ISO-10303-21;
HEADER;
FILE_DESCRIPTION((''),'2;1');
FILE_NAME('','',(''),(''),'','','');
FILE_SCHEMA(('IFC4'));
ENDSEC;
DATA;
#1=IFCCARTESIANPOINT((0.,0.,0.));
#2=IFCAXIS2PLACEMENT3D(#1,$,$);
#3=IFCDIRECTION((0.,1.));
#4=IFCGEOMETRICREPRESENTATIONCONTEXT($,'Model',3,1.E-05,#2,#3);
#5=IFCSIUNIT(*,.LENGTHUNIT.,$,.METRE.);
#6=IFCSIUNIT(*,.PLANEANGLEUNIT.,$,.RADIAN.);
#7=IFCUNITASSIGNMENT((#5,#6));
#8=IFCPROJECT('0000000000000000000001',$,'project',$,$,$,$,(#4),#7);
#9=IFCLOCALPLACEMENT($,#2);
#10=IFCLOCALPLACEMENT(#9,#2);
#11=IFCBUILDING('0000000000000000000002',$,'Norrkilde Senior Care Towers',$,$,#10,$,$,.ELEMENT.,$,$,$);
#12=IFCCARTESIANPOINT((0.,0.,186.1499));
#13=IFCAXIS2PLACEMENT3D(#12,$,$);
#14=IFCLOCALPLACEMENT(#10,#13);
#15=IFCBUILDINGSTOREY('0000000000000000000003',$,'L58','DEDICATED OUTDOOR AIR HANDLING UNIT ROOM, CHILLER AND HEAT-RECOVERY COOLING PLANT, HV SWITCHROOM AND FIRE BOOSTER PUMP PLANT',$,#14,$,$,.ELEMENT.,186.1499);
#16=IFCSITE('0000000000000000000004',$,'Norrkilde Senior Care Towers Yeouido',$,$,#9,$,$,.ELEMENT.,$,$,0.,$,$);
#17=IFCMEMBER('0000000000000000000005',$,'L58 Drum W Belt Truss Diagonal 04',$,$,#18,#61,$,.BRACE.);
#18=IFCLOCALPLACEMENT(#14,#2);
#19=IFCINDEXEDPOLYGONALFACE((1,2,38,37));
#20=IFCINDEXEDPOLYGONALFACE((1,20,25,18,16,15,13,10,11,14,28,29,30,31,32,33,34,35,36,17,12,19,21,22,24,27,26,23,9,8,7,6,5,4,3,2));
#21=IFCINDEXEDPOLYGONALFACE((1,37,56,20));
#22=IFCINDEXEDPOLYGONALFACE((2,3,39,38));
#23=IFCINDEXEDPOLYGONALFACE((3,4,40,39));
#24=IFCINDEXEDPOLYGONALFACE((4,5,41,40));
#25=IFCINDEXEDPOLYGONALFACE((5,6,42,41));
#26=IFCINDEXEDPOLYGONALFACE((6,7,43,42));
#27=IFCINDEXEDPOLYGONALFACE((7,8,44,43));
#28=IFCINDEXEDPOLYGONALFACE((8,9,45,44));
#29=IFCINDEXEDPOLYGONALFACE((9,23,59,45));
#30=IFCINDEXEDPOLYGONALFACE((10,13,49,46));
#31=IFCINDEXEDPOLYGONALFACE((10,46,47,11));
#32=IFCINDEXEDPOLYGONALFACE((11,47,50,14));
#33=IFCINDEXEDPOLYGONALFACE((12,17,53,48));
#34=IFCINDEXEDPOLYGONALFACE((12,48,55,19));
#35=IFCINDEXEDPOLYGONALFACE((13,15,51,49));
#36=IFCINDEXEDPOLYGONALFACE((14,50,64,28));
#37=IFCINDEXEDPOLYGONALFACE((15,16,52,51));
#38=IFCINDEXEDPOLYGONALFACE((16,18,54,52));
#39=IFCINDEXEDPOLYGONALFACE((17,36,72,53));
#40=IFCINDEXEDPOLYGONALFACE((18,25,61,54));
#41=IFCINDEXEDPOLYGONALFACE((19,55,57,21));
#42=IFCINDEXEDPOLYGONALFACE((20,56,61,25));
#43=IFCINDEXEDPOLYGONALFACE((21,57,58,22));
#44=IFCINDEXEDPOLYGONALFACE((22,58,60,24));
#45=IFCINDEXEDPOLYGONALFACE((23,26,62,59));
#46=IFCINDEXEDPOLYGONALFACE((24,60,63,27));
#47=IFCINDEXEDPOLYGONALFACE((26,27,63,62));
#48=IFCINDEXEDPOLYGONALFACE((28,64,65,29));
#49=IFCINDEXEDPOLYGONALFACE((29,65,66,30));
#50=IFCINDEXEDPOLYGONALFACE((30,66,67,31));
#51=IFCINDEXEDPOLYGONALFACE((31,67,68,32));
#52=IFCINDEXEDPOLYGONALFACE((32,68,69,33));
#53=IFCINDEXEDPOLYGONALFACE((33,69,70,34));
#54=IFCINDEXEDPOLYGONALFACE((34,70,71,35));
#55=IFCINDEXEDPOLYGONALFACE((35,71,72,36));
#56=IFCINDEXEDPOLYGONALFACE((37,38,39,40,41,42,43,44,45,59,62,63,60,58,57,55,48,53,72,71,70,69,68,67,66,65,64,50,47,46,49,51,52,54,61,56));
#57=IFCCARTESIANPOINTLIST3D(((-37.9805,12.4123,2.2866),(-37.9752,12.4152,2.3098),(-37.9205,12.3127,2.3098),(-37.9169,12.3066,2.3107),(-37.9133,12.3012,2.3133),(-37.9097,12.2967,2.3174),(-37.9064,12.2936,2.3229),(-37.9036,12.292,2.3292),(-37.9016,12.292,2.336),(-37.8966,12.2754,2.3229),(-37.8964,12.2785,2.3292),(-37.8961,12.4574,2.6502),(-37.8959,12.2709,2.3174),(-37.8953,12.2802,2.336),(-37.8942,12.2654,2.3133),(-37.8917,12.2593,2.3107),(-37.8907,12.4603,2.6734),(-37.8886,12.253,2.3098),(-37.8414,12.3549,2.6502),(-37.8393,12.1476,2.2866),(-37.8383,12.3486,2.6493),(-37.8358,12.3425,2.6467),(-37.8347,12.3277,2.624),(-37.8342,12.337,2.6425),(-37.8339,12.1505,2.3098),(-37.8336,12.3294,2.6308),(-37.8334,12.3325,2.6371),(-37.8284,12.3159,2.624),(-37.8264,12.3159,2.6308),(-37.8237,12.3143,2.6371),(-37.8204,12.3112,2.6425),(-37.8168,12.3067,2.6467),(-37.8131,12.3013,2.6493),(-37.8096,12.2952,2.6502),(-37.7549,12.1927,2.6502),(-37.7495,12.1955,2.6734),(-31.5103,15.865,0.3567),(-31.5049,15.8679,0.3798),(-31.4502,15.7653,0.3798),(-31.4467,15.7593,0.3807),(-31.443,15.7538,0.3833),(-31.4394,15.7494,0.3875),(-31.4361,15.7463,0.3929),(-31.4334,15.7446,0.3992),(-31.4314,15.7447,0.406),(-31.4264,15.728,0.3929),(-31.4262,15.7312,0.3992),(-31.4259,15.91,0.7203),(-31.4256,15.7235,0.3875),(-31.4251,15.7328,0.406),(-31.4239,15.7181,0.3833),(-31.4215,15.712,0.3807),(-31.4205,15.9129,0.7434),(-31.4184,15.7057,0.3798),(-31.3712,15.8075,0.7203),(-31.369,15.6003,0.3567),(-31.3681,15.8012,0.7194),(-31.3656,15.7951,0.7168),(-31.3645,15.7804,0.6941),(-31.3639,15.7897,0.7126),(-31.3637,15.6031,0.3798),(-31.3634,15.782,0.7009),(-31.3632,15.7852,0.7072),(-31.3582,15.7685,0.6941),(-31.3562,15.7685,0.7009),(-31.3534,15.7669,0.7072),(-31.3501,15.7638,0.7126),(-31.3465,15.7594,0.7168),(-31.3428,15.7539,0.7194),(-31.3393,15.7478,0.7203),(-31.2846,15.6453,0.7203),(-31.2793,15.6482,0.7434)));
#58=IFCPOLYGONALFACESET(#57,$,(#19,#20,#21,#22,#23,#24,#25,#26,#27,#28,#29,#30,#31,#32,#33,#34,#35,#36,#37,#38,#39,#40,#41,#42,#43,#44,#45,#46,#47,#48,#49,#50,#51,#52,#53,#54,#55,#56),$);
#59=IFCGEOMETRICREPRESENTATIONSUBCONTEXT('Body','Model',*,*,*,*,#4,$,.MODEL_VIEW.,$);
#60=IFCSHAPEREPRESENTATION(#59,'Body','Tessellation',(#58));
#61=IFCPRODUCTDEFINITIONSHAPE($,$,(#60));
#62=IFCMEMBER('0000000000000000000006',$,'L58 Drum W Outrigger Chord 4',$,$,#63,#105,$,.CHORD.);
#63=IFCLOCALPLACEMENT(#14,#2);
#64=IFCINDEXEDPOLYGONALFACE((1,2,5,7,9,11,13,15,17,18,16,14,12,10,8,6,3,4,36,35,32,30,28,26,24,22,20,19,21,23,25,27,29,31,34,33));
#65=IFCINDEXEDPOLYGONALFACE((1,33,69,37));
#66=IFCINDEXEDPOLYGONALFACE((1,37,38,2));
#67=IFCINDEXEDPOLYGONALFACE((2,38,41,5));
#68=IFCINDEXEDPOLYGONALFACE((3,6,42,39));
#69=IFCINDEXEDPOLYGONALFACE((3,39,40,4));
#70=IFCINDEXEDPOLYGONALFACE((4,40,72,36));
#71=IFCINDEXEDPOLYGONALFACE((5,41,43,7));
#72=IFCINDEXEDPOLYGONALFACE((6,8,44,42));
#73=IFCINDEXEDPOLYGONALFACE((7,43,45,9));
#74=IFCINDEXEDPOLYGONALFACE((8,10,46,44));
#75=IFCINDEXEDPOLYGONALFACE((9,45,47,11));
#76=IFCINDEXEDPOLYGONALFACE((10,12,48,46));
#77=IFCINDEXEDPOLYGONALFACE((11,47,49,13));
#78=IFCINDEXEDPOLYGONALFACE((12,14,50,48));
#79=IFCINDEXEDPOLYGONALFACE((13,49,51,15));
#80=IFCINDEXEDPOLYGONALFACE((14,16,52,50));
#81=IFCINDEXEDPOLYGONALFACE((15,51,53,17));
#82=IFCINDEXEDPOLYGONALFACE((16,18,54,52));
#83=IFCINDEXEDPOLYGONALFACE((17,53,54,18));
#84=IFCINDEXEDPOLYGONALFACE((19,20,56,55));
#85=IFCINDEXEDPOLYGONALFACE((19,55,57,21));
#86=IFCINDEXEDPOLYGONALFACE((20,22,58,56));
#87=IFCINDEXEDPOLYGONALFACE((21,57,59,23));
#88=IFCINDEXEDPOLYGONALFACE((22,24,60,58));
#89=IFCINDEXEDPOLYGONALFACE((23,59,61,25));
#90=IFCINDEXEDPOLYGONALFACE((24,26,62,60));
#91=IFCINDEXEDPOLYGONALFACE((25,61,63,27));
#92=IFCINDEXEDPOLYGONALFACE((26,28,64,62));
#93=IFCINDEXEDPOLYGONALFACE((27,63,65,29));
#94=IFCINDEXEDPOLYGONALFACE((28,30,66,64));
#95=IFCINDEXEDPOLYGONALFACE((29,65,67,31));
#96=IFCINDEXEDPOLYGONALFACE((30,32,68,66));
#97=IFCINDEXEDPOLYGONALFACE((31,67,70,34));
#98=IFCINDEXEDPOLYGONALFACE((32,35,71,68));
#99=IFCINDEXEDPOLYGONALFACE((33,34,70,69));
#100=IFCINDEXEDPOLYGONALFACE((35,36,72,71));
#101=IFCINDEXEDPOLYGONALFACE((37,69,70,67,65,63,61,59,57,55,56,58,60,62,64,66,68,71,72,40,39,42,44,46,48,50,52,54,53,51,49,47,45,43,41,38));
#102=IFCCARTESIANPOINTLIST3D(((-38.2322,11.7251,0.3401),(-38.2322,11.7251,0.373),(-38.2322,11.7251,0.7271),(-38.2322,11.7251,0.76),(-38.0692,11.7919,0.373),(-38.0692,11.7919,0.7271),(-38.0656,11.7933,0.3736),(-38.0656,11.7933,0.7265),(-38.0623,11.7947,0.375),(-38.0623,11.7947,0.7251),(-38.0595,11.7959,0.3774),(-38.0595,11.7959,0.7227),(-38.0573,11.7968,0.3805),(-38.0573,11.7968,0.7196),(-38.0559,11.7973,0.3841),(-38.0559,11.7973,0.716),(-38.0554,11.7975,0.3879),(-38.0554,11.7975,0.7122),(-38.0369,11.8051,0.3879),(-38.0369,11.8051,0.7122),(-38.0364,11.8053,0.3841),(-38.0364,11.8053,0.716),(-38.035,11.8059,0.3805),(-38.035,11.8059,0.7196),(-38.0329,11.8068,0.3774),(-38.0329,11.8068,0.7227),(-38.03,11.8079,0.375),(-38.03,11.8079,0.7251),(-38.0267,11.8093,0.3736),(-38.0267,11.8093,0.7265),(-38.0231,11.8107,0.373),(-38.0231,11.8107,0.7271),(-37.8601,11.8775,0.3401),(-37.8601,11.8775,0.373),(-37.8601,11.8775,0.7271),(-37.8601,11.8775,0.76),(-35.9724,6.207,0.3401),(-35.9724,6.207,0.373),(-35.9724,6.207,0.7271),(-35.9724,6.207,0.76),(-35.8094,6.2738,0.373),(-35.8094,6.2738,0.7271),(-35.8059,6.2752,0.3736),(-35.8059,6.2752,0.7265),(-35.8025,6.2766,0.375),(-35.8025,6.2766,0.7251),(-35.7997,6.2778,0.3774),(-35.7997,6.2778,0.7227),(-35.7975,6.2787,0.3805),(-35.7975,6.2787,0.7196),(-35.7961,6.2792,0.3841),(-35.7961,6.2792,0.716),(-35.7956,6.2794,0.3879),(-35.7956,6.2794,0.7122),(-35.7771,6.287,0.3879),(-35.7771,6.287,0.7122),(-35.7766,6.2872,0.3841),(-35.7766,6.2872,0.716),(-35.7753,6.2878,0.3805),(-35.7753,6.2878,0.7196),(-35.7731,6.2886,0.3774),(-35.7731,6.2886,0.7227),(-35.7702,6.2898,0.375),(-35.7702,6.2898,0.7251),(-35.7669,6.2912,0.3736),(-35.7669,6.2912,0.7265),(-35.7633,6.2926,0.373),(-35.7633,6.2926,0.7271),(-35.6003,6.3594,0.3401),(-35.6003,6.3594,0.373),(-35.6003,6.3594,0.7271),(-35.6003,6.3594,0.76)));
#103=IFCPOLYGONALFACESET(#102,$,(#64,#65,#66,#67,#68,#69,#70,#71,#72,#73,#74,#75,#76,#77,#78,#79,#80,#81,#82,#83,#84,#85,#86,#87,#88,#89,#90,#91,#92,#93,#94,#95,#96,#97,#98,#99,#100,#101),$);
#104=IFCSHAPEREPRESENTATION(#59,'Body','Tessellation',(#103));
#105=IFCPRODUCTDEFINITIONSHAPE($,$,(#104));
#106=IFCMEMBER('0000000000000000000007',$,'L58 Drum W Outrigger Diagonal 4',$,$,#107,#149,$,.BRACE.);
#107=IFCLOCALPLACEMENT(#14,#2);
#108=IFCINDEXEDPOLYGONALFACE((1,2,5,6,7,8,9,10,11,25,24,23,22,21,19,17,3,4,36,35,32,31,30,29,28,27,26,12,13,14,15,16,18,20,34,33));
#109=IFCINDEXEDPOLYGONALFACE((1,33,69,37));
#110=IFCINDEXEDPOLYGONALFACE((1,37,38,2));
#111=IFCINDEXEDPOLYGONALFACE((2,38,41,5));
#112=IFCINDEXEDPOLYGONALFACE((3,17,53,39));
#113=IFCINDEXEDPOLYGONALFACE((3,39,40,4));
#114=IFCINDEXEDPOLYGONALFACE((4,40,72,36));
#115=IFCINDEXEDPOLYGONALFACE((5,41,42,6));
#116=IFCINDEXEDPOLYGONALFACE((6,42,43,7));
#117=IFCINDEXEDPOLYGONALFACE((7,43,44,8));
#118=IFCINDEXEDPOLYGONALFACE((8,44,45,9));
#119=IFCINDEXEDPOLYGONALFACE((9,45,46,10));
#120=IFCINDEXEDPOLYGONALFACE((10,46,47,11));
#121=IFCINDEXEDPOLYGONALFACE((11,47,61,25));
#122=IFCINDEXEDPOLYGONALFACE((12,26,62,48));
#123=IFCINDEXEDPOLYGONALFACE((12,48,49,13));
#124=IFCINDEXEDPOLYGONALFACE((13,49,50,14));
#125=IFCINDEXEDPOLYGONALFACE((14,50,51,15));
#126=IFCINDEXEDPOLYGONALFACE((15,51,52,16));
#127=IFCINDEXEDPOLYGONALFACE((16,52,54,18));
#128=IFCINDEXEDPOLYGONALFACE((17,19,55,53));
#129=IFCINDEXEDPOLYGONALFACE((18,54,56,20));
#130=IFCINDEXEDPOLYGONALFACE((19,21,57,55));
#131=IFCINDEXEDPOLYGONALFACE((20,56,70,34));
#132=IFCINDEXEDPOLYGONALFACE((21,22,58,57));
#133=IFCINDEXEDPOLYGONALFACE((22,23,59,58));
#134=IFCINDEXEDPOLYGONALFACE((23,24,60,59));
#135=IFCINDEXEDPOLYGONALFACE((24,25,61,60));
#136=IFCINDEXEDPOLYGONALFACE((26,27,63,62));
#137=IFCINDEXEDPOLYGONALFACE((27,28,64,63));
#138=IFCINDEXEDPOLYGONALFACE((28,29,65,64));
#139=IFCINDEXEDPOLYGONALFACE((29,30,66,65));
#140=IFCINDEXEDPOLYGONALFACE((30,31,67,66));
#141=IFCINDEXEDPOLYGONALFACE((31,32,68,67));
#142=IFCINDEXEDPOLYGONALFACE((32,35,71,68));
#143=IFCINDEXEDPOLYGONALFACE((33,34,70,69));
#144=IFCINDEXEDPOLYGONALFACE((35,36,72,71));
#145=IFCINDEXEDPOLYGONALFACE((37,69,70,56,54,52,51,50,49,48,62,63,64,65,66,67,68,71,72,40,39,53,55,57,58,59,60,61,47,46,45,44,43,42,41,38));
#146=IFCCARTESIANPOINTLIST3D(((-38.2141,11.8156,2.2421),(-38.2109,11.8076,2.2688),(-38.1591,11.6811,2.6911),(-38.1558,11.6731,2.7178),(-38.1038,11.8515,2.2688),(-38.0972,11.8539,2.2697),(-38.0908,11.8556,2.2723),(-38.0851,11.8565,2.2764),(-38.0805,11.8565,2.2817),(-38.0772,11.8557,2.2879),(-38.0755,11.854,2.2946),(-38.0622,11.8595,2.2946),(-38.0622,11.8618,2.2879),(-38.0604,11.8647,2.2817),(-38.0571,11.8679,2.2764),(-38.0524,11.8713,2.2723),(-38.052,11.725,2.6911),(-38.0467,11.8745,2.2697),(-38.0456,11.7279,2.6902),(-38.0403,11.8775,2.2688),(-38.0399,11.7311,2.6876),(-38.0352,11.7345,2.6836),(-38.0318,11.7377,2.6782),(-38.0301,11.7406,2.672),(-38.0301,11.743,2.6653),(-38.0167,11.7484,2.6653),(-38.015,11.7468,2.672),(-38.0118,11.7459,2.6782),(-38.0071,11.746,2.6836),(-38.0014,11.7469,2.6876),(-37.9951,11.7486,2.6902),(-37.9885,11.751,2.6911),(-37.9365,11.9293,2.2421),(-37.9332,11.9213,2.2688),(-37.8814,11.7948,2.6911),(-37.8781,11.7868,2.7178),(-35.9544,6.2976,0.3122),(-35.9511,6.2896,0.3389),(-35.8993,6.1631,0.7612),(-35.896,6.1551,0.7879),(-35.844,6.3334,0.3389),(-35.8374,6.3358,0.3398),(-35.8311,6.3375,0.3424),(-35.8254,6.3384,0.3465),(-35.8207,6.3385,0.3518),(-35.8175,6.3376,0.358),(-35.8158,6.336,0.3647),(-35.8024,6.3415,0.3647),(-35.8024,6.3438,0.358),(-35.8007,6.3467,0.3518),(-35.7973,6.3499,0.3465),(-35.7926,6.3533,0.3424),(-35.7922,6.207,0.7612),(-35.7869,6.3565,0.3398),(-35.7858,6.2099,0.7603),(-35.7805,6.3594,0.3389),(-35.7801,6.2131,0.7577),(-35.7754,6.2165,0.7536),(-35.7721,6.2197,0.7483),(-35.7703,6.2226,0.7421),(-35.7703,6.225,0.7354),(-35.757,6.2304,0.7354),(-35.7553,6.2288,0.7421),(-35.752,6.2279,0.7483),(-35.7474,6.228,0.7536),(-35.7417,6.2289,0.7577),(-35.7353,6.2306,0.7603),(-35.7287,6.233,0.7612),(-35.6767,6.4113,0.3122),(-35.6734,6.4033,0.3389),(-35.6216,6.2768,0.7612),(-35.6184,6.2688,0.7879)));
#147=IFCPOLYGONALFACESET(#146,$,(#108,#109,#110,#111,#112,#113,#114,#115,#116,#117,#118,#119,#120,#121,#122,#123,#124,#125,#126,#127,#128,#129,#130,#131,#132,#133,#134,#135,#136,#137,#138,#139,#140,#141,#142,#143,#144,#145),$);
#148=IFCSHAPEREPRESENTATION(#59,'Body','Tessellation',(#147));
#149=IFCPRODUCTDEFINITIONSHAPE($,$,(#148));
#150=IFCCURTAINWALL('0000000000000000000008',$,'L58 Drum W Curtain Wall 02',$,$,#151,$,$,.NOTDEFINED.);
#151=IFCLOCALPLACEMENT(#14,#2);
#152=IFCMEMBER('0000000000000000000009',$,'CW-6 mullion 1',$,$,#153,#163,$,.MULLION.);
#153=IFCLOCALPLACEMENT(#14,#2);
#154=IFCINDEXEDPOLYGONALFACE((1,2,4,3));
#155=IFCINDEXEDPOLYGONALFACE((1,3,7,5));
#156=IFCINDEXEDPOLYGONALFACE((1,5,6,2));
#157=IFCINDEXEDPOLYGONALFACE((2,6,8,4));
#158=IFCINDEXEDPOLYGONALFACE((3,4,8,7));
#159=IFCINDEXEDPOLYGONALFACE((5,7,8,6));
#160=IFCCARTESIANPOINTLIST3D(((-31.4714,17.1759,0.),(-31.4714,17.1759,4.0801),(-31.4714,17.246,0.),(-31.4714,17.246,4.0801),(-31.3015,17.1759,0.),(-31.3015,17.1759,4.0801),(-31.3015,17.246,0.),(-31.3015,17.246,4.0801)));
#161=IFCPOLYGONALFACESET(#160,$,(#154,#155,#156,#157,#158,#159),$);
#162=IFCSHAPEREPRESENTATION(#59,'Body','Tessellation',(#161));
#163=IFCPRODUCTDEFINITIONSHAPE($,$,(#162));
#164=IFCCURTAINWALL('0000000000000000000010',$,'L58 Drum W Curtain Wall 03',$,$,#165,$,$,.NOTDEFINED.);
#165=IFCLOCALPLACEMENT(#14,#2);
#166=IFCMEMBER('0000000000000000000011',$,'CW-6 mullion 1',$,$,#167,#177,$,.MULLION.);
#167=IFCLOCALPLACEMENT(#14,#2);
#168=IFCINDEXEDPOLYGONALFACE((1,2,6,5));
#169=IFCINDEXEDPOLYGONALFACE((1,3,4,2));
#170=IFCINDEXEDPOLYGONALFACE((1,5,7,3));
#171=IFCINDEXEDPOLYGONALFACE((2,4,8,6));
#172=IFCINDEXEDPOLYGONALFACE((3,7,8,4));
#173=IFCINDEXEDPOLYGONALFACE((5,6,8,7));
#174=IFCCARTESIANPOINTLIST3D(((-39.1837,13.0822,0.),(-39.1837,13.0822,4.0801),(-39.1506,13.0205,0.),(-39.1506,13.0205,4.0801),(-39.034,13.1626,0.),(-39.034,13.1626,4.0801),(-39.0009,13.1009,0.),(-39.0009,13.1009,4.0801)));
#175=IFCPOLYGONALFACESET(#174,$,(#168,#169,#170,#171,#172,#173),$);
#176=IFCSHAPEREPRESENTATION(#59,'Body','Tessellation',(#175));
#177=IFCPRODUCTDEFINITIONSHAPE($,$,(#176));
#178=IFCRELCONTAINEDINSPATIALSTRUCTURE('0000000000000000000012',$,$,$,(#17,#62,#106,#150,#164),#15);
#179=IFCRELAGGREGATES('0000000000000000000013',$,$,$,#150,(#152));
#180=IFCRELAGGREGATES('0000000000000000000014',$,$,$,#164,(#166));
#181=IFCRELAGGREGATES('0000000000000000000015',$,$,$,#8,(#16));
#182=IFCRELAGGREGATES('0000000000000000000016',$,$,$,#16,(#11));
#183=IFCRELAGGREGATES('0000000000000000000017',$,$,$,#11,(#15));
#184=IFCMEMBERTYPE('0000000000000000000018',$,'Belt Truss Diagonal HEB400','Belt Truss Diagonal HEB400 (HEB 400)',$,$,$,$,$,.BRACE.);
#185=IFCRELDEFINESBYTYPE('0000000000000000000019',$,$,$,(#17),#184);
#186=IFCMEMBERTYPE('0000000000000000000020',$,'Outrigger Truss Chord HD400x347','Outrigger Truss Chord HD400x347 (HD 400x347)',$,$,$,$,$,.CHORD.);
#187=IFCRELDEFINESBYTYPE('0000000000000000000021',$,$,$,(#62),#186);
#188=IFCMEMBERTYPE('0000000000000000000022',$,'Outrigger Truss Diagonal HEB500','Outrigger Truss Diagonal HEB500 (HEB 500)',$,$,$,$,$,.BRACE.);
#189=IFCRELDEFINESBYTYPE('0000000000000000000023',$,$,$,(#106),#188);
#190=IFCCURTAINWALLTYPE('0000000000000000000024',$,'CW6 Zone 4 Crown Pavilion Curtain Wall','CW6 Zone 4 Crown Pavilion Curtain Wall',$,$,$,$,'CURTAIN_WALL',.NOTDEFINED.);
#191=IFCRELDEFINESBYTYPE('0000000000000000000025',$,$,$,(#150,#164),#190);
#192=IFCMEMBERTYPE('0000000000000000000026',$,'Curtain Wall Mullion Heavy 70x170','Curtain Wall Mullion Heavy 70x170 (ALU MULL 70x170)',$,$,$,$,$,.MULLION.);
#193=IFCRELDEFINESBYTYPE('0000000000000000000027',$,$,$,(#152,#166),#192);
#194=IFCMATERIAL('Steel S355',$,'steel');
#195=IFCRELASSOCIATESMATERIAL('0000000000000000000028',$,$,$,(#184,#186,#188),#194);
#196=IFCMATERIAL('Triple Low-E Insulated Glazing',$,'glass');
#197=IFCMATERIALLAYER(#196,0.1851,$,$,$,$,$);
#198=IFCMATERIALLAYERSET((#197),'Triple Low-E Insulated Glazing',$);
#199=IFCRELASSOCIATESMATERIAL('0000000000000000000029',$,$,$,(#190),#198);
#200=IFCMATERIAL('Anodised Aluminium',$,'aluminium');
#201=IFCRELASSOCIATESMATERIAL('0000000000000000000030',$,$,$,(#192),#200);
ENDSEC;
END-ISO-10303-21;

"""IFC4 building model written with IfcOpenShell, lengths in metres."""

from ifc_helpers import new_model, si_unit, direction, frame, origin, origin_2d, place, context, subcontext, project, spatial, rectangle, i_section, extrude, source, transform, mapped, material, layer, layer_set, material_profile, profile_set, type_object, type_shapes, element, aggregate, save


model = new_model("IFC4")

# Units and contexts
model_context = context("Model", 3, precision=1e-05, world=origin(), true_north=direction((0.0, 1.0)))
body_context = subcontext(model_context, "Body", "Model", "MODEL_VIEW")
ifc_project = project(units=[si_unit("LENGTHUNIT", "METRE"), si_unit("PLANEANGLEUNIT", "RADIAN")], contexts=[model_context])

# Site, building, storey
site_placement = place(None, origin())
site = spatial("IfcSite", under=ifc_project, at=site_placement, Name="Norrkilde Senior Care Towers Yeouido", CompositionType="ELEMENT", RefElevation=0.0)
building_placement = place(site_placement, origin())
building = spatial("IfcBuilding", under=site, at=building_placement, Name="Norrkilde Senior Care Towers", CompositionType="ELEMENT")
storey_placement = place(building_placement, frame((0.0, 0.0, 186.1499)))
storey = spatial("IfcBuildingStorey", under=building, at=storey_placement, Name="L58", Description="DEDICATED OUTDOOR AIR HANDLING UNIT ROOM, CHILLER AND HEAT-RECOVERY COOLING PLANT, HV SWITCHROOM AND FIRE BOOSTER PUMP PLANT", CompositionType="ELEMENT", Elevation=186.1499)

# Members
ifc_material_1 = material(Name="Steel S355", Category="steel")
ifc_material_profile_1 = material_profile(ifc_material_1, i_section(OverallWidth=0.3, OverallDepth=0.3999, WebThickness=0.0134, FlangeThickness=0.0239, FilletRadius=0.0271, at=origin_2d()), Name="HEB 400")
ifc_profile_set_1 = profile_set([ifc_material_profile_1], Name="Steel S355")
member_type_1 = type_object("IfcMemberType", Name="Belt Truss Diagonal HEB400", Description="Belt Truss Diagonal HEB400 (HEB 400)", PredefinedType="BRACE", material=ifc_profile_set_1)
shared_shape_1 = source(origin(), body_context, "Body", "SweptSolid", [
    extrude(i_section(OverallWidth=0.3, OverallDepth=0.3999, WebThickness=0.0134, FlangeThickness=0.0239, FilletRadius=0.0271, at=origin_2d()), origin(), (0.0, 0.0, 1.0), 7.5835),
])
member_1_placement = place(storey_placement, frame((-31.3948, 15.7566, 0.55), z_axis=(-0.8532, -0.455285, 0.254492), x_axis=(0.470785, -0.882248, 0.0)))
element("IfcMember", 1, at=member_1_placement, inside=storey, type_object=member_type_1, Name="L58 Drum W Belt Truss Diagonal 04", PredefinedType="BRACE", context=body_context, shape_type="MappedRepresentation", body=[
    mapped(shared_shape_1, transform((0.0, 0.0, 0.0), x_axis=(1.0, 0.0, 0.0), y_axis=(0.0, 1.0, 0.0), z_axis=(0.0, 0.0, 1.0), scale=1.0)),
])
ifc_material_profile_2 = material_profile(ifc_material_1, i_section(OverallWidth=0.4021, OverallDepth=0.4199, WebThickness=0.02, FlangeThickness=0.033, FilletRadius=0.0149, at=origin_2d()), Name="HD 400x347")
ifc_profile_set_2 = profile_set([ifc_material_profile_2], Name="Steel S355")
member_type_2 = type_object("IfcMemberType", Name="Outrigger Truss Chord HD400x347", Description="Outrigger Truss Chord HD400x347 (HD 400x347)", PredefinedType="CHORD", material=ifc_profile_set_2)
shared_shape_2 = source(origin(), body_context, "Body", "SweptSolid", [
    extrude(i_section(OverallWidth=0.4021, OverallDepth=0.4199, WebThickness=0.02, FlangeThickness=0.033, FilletRadius=0.0149, at=origin_2d()), origin(), (0.0, 0.0, 1.0), 5.9629),
])
type_shapes(member_type_2, [shared_shape_2])
member_2_placement = place(storey_placement, frame((-35.7864, 6.2832, 0.55), z_axis=(-0.378974, 0.925407, 0.0), x_axis=(-0.925407, -0.378974, 0.0)))
element("IfcMember", 2, at=member_2_placement, inside=storey, type_object=member_type_2, Name="L58 Drum W Outrigger Chord 4", PredefinedType="CHORD", context=body_context, shape_type="MappedRepresentation", body=[
    mapped(shared_shape_2, transform((0.0, 0.0, 0.0), x_axis=(1.0, 0.0, 0.0), y_axis=(0.0, 1.0, 0.0), z_axis=(0.0, 0.0, 1.0), scale=1.0)),
])
ifc_material_profile_3 = material_profile(ifc_material_1, i_section(OverallWidth=0.3, OverallDepth=0.5, WebThickness=0.0144, FlangeThickness=0.0281, FilletRadius=0.0271, at=origin_2d()), Name="HEB 500")
ifc_profile_set_3 = profile_set([ifc_material_profile_3], Name="Steel S355")
member_type_3 = type_object("IfcMemberType", Name="Outrigger Truss Diagonal HEB500", Description="Outrigger Truss Diagonal HEB500 (HEB 500)", PredefinedType="BRACE", material=ifc_profile_set_3)
shared_shape_3 = source(origin(), body_context, "Body", "SweptSolid", [
    extrude(i_section(OverallWidth=0.3, OverallDepth=0.5, WebThickness=0.0144, FlangeThickness=0.0281, FilletRadius=0.0271, at=origin_2d()), origin(), (0.0, 0.0, 1.0), 6.2673),
])
type_shapes(member_type_3, [shared_shape_3])
member_3_placement = place(storey_placement, frame((-35.7864, 6.2832, 0.55), z_axis=(-0.360559, 0.88044, 0.307932), x_axis=(-0.925407, -0.378974, 0.0)))
element("IfcMember", 3, at=member_3_placement, inside=storey, type_object=member_type_3, Name="L58 Drum W Outrigger Diagonal 4", PredefinedType="BRACE", context=body_context, shape_type="MappedRepresentation", body=[
    mapped(shared_shape_3, transform((0.0, 0.0, 0.0), x_axis=(1.0, 0.0, 0.0), y_axis=(0.0, 1.0, 0.0), z_axis=(0.0, 0.0, 1.0), scale=1.0)),
])

# Curtain wall, member
ifc_material_2 = material(Name="Triple Low-E Insulated Glazing", Category="glass")
ifc_layer_1 = layer(ifc_material_2, 0.1851)
ifc_layer_set_1 = layer_set([ifc_layer_1], Name="Triple Low-E Insulated Glazing")
curtain_wall_type = type_object("IfcCurtainWallType", Name="CW6 Zone 4 Crown Pavilion Curtain Wall", Description="CW6 Zone 4 Crown Pavilion Curtain Wall", ElementType="CURTAIN_WALL", PredefinedType="NOTDEFINED", material=ifc_layer_set_1)
curtain_wall_1_placement = place(storey_placement, origin())
curtain_wall_1 = element("IfcCurtainWall", 4, at=curtain_wall_1_placement, inside=storey, type_object=curtain_wall_type, Name="L58 Drum W Curtain Wall 02", PredefinedType="NOTDEFINED")
ifc_material_3 = material(Name="Anodised Aluminium", Category="aluminium")
ifc_material_profile_4 = material_profile(ifc_material_3, rectangle(XDim=0.0701, YDim=0.1699, at=origin_2d()), Name="ALU MULL 70x170")
ifc_profile_set_4 = profile_set([ifc_material_profile_4], Name="Anodised Aluminium")
member_type_4 = type_object("IfcMemberType", Name="Curtain Wall Mullion Heavy 70x170", Description="Curtain Wall Mullion Heavy 70x170 (ALU MULL 70x170)", PredefinedType="MULLION", material=ifc_profile_set_4)
shared_shape_4 = source(origin(), body_context, "Body", "SweptSolid", [
    extrude(rectangle(XDim=0.0701, YDim=0.1699, at=origin_2d()), origin(), (0.0, 0.0, 1.0), 4.0801),
])
type_shapes(member_type_4, [shared_shape_4])
member_4_placement = place(storey_placement, frame((-31.3865, 17.2109, 0.0), z_axis=(0.0, 0.0, 1.0), x_axis=(0.0, 1.0, 0.0)))
member_4 = element("IfcMember", 5, at=member_4_placement, type_object=member_type_4, Name="CW-6 mullion 1", PredefinedType="MULLION", context=body_context, shape_type="MappedRepresentation", body=[
    mapped(shared_shape_4, transform((0.0, 0.0, 0.0), x_axis=(1.0, 0.0, 0.0), y_axis=(0.0, 1.0, 0.0), z_axis=(0.0, 0.0, 1.0), scale=1.0)),
])

# Curtain wall, member
curtain_wall_2_placement = place(storey_placement, origin())
curtain_wall_2 = element("IfcCurtainWall", 6, at=curtain_wall_2_placement, inside=storey, type_object=curtain_wall_type, Name="L58 Drum W Curtain Wall 03", PredefinedType="NOTDEFINED")
member_5_placement = place(storey_placement, frame((-39.0923, 13.0916, 0.0), z_axis=(0.0, 0.0, 1.0), x_axis=(-0.473117, 0.881, 0.0)))
member_5 = element("IfcMember", 7, at=member_5_placement, type_object=member_type_4, Name="CW-6 mullion 1", PredefinedType="MULLION", context=body_context, shape_type="MappedRepresentation", body=[
    mapped(shared_shape_4, transform((0.0, 0.0, 0.0), x_axis=(1.0, 0.0, 0.0), y_axis=(0.0, 1.0, 0.0), z_axis=(0.0, 0.0, 1.0), scale=1.0)),
])

aggregate(curtain_wall_1, [member_4])

aggregate(curtain_wall_2, [member_5])

save(model, "model.ifc")
